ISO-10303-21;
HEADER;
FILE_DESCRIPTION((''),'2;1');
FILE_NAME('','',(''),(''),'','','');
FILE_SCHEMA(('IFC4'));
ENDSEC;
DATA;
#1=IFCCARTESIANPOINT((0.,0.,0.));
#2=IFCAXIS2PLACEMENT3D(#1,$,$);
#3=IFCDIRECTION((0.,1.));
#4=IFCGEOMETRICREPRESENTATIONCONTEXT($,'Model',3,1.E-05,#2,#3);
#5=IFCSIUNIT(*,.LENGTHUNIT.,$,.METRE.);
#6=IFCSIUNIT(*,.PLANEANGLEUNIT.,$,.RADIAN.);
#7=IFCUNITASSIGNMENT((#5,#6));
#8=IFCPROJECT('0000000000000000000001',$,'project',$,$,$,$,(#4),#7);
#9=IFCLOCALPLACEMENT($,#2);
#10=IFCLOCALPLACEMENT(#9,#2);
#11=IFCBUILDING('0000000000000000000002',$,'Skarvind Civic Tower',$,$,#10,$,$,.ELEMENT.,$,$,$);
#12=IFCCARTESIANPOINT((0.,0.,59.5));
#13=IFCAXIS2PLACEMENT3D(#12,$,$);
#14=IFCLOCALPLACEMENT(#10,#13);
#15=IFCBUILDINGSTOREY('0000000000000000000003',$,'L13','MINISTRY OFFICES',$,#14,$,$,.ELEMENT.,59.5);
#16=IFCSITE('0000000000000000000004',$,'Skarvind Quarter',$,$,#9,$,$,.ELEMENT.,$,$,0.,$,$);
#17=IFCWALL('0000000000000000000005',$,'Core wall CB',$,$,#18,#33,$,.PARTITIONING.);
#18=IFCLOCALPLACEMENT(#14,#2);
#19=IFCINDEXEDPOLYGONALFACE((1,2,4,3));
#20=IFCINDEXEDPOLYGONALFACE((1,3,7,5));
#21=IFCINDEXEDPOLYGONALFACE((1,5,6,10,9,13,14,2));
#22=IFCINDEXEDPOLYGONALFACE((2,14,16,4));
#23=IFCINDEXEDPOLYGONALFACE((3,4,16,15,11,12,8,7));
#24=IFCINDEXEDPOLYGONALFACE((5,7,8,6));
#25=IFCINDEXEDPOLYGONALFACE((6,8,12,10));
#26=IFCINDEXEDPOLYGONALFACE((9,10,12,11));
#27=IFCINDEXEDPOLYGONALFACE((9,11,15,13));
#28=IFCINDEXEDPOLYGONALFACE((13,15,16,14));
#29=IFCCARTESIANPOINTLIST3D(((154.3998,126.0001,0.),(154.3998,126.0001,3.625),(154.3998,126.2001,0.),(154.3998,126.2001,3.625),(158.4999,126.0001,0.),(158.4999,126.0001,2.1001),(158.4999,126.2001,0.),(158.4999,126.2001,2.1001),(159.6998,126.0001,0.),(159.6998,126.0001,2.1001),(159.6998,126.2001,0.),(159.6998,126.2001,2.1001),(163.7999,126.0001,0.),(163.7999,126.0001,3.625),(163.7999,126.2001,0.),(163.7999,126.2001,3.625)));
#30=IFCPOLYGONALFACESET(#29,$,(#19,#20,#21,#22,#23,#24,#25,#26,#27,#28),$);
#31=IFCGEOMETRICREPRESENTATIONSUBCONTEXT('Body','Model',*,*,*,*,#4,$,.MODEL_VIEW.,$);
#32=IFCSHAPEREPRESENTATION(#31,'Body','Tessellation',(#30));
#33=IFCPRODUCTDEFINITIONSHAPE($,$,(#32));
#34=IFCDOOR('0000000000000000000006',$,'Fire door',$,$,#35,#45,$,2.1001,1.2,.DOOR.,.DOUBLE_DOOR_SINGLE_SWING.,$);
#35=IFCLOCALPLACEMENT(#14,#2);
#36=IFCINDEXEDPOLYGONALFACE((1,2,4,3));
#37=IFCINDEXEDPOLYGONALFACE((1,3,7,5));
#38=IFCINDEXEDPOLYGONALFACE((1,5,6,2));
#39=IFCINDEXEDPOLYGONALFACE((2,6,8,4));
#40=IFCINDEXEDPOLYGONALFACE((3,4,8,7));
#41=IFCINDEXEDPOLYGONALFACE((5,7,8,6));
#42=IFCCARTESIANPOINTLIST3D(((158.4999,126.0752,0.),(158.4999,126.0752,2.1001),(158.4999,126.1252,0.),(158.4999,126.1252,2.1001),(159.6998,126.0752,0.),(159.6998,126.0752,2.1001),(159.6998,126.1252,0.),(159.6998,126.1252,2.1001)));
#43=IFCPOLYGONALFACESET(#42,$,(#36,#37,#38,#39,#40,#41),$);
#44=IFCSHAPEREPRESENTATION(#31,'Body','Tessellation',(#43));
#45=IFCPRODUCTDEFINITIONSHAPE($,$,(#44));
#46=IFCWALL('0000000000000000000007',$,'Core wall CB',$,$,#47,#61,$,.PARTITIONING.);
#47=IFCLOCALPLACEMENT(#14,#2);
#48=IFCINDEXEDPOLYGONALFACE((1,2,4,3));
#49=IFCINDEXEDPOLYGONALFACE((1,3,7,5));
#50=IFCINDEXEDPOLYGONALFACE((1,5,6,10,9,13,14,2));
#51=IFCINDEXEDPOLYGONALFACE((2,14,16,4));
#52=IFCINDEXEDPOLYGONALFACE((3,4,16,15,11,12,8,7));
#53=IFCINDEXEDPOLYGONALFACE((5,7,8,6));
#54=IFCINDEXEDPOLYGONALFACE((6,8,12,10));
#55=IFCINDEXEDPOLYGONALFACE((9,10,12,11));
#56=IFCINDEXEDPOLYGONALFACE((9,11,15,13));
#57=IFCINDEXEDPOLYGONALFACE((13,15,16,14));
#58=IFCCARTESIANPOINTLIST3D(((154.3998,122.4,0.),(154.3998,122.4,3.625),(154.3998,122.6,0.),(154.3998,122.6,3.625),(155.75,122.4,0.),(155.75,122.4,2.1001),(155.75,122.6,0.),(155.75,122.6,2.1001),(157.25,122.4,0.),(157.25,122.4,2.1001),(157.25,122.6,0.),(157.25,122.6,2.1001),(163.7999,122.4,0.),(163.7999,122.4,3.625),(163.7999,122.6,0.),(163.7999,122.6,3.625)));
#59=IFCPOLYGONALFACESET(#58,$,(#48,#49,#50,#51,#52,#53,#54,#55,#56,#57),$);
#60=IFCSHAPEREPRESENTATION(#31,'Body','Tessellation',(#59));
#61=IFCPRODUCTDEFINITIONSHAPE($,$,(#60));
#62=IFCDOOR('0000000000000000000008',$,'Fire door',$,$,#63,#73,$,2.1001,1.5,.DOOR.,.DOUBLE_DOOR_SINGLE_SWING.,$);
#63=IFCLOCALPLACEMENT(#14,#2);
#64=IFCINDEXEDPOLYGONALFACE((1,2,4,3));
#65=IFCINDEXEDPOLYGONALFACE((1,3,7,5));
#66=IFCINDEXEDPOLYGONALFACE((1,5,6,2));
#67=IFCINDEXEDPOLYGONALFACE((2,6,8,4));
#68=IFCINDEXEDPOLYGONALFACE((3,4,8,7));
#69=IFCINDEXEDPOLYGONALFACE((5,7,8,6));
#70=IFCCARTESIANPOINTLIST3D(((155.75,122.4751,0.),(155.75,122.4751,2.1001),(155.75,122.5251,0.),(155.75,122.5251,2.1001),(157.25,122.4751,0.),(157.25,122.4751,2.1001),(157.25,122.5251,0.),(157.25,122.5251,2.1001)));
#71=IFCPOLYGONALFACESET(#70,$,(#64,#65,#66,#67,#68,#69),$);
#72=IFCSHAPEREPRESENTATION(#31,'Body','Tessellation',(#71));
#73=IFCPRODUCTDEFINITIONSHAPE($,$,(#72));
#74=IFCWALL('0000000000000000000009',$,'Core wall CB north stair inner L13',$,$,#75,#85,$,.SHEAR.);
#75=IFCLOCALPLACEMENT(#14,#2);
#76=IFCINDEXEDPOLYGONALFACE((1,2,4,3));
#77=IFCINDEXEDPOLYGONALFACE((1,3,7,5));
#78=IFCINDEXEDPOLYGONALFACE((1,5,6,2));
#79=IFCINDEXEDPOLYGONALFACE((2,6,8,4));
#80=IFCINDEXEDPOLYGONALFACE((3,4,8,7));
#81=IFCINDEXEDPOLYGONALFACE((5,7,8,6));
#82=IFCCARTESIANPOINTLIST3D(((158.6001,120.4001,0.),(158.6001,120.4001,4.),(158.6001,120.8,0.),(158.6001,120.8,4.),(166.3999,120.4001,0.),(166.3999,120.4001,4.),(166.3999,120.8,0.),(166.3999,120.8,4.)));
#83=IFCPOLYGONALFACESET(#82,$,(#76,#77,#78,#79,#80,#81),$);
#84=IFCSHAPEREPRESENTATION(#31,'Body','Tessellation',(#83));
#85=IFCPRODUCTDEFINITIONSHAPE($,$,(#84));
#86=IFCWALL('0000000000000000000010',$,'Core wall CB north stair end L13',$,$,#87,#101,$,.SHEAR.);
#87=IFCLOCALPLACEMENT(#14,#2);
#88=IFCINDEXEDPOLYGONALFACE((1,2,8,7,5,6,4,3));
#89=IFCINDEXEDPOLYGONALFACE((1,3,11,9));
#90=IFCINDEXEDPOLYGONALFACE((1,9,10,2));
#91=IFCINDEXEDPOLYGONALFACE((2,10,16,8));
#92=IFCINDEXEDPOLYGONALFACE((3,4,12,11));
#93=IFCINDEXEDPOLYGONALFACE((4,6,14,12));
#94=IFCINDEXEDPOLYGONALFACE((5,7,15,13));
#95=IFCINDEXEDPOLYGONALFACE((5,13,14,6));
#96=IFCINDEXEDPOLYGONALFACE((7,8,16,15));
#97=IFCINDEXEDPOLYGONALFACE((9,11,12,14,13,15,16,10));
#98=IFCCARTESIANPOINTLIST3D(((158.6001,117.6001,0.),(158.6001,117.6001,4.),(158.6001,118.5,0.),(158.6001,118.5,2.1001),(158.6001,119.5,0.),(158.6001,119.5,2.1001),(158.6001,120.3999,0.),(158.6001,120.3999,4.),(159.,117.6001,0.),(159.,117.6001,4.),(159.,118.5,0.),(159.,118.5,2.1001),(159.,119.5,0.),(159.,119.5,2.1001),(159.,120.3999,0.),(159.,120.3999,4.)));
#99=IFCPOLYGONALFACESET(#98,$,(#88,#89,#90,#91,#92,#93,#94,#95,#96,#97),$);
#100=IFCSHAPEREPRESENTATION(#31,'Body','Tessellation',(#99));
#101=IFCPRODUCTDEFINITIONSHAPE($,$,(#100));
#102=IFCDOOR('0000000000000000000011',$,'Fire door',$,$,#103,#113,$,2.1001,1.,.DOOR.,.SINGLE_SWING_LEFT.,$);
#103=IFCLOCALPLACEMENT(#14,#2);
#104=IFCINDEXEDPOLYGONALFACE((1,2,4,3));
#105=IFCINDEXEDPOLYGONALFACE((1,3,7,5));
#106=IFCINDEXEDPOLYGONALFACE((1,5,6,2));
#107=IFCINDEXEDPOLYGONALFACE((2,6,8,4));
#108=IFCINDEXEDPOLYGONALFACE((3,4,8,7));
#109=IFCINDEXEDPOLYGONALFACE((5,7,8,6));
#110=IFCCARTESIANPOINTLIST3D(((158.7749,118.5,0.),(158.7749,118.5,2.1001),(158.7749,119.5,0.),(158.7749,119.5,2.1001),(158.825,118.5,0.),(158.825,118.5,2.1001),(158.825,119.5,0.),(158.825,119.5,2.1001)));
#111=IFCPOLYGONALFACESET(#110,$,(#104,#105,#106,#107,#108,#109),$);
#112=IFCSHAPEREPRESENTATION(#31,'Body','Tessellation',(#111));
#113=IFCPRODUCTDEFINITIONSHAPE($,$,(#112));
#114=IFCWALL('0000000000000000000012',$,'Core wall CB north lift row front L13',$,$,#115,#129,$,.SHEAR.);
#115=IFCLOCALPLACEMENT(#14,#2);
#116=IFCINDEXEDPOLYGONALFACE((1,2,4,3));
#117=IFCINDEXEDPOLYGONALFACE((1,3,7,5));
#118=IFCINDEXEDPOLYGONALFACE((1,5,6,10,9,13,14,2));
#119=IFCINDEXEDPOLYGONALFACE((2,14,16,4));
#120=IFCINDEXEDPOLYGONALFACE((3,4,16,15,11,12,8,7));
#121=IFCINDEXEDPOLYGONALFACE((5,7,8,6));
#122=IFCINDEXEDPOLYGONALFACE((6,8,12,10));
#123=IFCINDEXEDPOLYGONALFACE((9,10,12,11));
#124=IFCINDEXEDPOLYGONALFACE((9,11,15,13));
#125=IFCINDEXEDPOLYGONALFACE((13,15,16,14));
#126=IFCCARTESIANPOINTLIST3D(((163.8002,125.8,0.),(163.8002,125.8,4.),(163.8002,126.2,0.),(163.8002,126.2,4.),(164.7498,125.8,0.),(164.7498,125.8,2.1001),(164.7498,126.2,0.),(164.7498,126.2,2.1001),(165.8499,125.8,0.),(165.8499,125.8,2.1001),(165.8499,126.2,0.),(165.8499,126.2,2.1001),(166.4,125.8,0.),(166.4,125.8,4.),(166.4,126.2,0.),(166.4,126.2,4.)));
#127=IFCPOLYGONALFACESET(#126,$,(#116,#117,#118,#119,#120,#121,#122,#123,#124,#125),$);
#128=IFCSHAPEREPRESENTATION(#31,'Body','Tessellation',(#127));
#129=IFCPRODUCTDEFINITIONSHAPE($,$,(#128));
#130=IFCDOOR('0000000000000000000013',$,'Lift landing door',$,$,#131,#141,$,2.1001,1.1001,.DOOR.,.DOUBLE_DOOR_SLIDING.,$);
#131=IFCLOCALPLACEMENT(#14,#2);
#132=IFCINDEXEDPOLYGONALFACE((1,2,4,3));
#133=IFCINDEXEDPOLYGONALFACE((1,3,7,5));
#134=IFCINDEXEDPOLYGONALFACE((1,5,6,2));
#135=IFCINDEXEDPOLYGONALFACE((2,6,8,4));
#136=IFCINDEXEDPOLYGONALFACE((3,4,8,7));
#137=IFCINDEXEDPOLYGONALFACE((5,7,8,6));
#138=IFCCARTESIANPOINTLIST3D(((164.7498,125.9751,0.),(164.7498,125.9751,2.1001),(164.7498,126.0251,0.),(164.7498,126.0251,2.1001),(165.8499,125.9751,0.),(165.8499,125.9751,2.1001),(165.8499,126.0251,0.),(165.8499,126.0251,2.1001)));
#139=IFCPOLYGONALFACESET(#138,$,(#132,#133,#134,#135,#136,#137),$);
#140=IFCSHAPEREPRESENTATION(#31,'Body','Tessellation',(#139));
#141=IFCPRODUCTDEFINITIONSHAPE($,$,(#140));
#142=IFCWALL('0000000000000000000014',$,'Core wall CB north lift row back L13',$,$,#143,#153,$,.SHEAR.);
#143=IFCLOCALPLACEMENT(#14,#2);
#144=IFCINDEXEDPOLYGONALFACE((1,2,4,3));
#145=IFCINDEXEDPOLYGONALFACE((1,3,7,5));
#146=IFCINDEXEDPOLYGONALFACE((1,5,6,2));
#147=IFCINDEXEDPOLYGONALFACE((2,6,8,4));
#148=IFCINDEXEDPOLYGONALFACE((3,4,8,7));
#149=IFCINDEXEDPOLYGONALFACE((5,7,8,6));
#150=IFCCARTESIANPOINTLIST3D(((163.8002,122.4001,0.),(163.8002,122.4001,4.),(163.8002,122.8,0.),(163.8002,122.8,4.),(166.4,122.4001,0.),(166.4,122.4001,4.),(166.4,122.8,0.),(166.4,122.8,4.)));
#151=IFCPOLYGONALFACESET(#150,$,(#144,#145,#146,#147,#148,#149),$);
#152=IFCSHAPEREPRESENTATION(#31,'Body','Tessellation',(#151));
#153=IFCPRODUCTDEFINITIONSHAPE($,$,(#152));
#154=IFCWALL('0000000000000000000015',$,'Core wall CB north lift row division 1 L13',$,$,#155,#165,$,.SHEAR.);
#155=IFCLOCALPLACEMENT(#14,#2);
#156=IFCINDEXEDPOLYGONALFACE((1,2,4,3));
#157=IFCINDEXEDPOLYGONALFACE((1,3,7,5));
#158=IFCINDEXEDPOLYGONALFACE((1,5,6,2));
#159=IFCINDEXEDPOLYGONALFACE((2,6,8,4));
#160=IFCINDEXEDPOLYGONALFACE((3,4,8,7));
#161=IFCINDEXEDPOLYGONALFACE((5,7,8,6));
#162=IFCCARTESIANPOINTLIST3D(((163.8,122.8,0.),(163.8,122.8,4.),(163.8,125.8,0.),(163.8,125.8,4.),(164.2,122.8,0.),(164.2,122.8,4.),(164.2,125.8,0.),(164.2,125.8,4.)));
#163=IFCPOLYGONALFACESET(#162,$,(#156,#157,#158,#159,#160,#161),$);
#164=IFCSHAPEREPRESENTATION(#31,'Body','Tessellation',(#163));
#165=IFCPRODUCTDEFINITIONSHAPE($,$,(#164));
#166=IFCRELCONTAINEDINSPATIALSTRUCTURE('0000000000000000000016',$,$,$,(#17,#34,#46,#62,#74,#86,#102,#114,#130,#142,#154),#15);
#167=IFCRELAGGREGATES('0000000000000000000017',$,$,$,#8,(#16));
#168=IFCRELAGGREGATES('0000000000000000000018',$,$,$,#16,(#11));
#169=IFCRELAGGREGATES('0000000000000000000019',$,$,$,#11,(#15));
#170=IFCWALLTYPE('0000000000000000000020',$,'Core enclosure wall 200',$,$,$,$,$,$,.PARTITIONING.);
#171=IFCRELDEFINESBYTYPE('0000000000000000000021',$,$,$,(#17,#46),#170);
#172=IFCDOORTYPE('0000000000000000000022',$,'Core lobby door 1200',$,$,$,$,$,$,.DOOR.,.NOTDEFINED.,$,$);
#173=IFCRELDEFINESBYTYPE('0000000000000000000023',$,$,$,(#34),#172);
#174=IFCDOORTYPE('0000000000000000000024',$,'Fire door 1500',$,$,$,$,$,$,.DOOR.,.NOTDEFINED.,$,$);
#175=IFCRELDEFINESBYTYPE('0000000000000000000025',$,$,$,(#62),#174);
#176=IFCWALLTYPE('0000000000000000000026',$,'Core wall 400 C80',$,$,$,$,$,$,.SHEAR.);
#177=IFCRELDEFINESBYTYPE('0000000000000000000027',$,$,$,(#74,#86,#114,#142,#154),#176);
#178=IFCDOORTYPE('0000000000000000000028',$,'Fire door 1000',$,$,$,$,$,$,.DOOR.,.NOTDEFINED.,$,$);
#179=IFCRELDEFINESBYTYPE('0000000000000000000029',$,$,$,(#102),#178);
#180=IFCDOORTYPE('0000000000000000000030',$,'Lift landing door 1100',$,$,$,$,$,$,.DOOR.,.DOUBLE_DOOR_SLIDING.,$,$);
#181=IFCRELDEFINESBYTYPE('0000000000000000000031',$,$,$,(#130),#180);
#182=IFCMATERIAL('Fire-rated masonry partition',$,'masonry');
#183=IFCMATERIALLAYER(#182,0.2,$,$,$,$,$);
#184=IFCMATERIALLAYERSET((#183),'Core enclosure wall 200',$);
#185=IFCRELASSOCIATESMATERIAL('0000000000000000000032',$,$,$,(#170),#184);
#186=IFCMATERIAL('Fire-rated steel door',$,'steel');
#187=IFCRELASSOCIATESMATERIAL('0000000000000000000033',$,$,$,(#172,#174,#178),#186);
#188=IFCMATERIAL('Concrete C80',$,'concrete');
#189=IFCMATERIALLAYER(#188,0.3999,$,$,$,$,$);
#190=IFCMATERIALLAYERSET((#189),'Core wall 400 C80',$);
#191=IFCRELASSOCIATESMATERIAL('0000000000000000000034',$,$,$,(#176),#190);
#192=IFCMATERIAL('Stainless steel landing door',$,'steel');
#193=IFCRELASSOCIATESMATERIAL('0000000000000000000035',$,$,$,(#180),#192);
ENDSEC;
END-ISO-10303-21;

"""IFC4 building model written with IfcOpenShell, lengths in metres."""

from ifc_helpers import new_model, si_unit, direction, frame, frame_2d, origin, place, context, subcontext, project, spatial, rectangle, extrude, material, layer, layer_set, type_object, element, fill, save


model = new_model("IFC4")

# Units and contexts
model_context = context("Model", 3, precision=1e-05, world=origin(), true_north=direction((0.0, 1.0)))
body_context = subcontext(model_context, "Body", "Model", "MODEL_VIEW")
ifc_project = project(units=[si_unit("LENGTHUNIT", "METRE"), si_unit("PLANEANGLEUNIT", "RADIAN")], contexts=[model_context])

# Site, building, storey
site_placement = place(None, origin())
site = spatial("IfcSite", under=ifc_project, at=site_placement, Name="Skarvind Quarter", CompositionType="ELEMENT", RefElevation=0.0)
building_placement = place(site_placement, origin())
building = spatial("IfcBuilding", under=site, at=building_placement, Name="Skarvind Civic Tower", CompositionType="ELEMENT")
storey_placement = place(building_placement, frame((0.0, 0.0, 59.5)))
storey = spatial("IfcBuildingStorey", under=building, at=storey_placement, Name="L13", Description="MINISTRY OFFICES", CompositionType="ELEMENT", Elevation=59.5)

# Walls, openings, doors
ifc_material_1 = material(Name="Fire-rated masonry partition", Category="masonry")
ifc_layer_1 = layer(ifc_material_1, 0.2)
ifc_layer_set_1 = layer_set([ifc_layer_1], Name="Core enclosure wall 200")
wall_type_1 = type_object("IfcWallType", Name="Core enclosure wall 200", PredefinedType="PARTITIONING", material=ifc_layer_set_1)
wall_1_placement = place(storey_placement, frame((163.8, 126.1001, 0.0), z_axis=(0.0, 0.0, 1.0), x_axis=(-1.0, 0.0, 0.0)))
wall_1 = element("IfcWall", 1, at=wall_1_placement, inside=storey, type_object=wall_type_1, Name="Core wall CB", PredefinedType="PARTITIONING", context=body_context, shape_type="SweptSolid", body=[
    extrude(rectangle(XDim=9.4001, YDim=0.2, at=frame_2d((4.7002, 0.0))), origin(), (0.0, 0.0, 1.0), 3.625),
])
opening_1_placement = place(wall_1_placement, frame((4.1001, 0.0, 0.0)))
opening_1 = element("IfcOpeningElement", 2, at=opening_1_placement, cuts=wall_1, PredefinedType="OPENING", context=body_context, shape_type="SweptSolid", body=[
    extrude(rectangle(XDim=1.2, YDim=2.1001, at=frame_2d((0.6001, 1.05))), frame((0.0, 0.1099, 0.0), z_axis=(0.0, -1.0, 0.0), x_axis=(1.0, 0.0, 0.0)), (0.0, 0.0, 1.0), 0.22),
])
ifc_material_2 = material(Name="Fire-rated steel door", Category="steel")
door_type_1 = type_object("IfcDoorType", Name="Core lobby door 1200", OperationType="NOTDEFINED", PredefinedType="DOOR", material=ifc_material_2)
door_1_placement = place(opening_1_placement, origin())
door_1 = element("IfcDoor", 3, at=door_1_placement, inside=storey, type_object=door_type_1, Name="Fire door", OperationType="DOUBLE_DOOR_SINGLE_SWING", OverallHeight=2.1001, OverallWidth=1.2, PredefinedType="DOOR", context=body_context, shape_type="SweptSolid", body=[
    extrude(rectangle(XDim=1.2, YDim=2.1001, at=frame_2d((0.6001, 1.05))), frame((0.0, 0.0249, 0.0), z_axis=(0.0, -1.0, 0.0), x_axis=(1.0, 0.0, 0.0)), (0.0, 0.0, 1.0), 0.05),
])
fill(opening_1, door_1)
wall_2_placement = place(storey_placement, frame((163.8, 122.5, 0.0), z_axis=(0.0, 0.0, 1.0), x_axis=(-1.0, 0.0, 0.0)))
wall_2 = element("IfcWall", 4, at=wall_2_placement, inside=storey, type_object=wall_type_1, Name="Core wall CB", PredefinedType="PARTITIONING", context=body_context, shape_type="SweptSolid", body=[
    extrude(rectangle(XDim=9.4001, YDim=0.2, at=frame_2d((4.7002, 0.0))), origin(), (0.0, 0.0, 1.0), 3.625),
])
opening_2_placement = place(wall_2_placement, frame((6.55, 0.0, 0.0)))
opening_2 = element("IfcOpeningElement", 5, at=opening_2_placement, cuts=wall_2, PredefinedType="OPENING", context=body_context, shape_type="SweptSolid", body=[
    extrude(rectangle(XDim=1.5, YDim=2.1001, at=frame_2d((0.75, 1.05))), frame((0.0, 0.1099, 0.0), z_axis=(0.0, -1.0, 0.0), x_axis=(1.0, 0.0, 0.0)), (0.0, 0.0, 1.0), 0.22),
])
door_type_2 = type_object("IfcDoorType", Name="Fire door 1500", OperationType="NOTDEFINED", PredefinedType="DOOR", material=ifc_material_2)
door_2_placement = place(opening_2_placement, origin())
door_2 = element("IfcDoor", 6, at=door_2_placement, inside=storey, type_object=door_type_2, Name="Fire door", OperationType="DOUBLE_DOOR_SINGLE_SWING", OverallHeight=2.1001, OverallWidth=1.5, PredefinedType="DOOR", context=body_context, shape_type="SweptSolid", body=[
    extrude(rectangle(XDim=1.5, YDim=2.1001, at=frame_2d((0.75, 1.05))), frame((0.0, 0.0249, 0.0), z_axis=(0.0, -1.0, 0.0), x_axis=(1.0, 0.0, 0.0)), (0.0, 0.0, 1.0), 0.05),
])
fill(opening_2, door_2)

# Wall
ifc_material_3 = material(Name="Concrete C80", Category="concrete")
ifc_layer_2 = layer(ifc_material_3, 0.3999)
ifc_layer_set_2 = layer_set([ifc_layer_2], Name="Core wall 400 C80")
wall_type_2 = type_object("IfcWallType", Name="Core wall 400 C80", PredefinedType="SHEAR", material=ifc_layer_set_2)
wall_3_placement = place(storey_placement, frame((166.3999, 120.6001, 0.0), z_axis=(0.0, 0.0, 1.0), x_axis=(-1.0, 0.0, 0.0)))
element("IfcWall", 7, at=wall_3_placement, inside=storey, type_object=wall_type_2, Name="Core wall CB north stair inner L13", PredefinedType="SHEAR", context=body_context, shape_type="SweptSolid", body=[
    extrude(rectangle(XDim=7.7998, YDim=0.3999, at=frame_2d((3.8999, 0.0))), origin(), (0.0, 0.0, 1.0), 4.0),
])

# Walls, openings, doors
wall_4_placement = place(storey_placement, frame((158.8, 120.3999, 0.0), z_axis=(0.0, 0.0, 1.0), x_axis=(0.0, -1.0, 0.0)))
wall_4 = element("IfcWall", 8, at=wall_4_placement, inside=storey, type_object=wall_type_2, Name="Core wall CB north stair end L13", PredefinedType="SHEAR", context=body_context, shape_type="SweptSolid", body=[
    extrude(rectangle(XDim=2.7998, YDim=0.3999, at=frame_2d((1.3999, 0.0))), origin(), (0.0, 0.0, 1.0), 4.0),
])
opening_3_placement = place(wall_4_placement, frame((0.8999, 0.0, 0.0)))
opening_3 = element("IfcOpeningElement", 9, at=opening_3_placement, cuts=wall_4, PredefinedType="OPENING", context=body_context, shape_type="SweptSolid", body=[
    extrude(rectangle(XDim=1.0, YDim=2.1001, at=frame_2d((0.5, 1.05))), frame((0.0, 0.21, 0.0), z_axis=(0.0, -1.0, 0.0), x_axis=(1.0, 0.0, 0.0)), (0.0, 0.0, 1.0), 0.4199),
])
door_type_3 = type_object("IfcDoorType", Name="Fire door 1000", OperationType="NOTDEFINED", PredefinedType="DOOR", material=ifc_material_2)
door_3_placement = place(opening_3_placement, origin())
door_3 = element("IfcDoor", 10, at=door_3_placement, inside=storey, type_object=door_type_3, Name="Fire door", OperationType="SINGLE_SWING_LEFT", OverallHeight=2.1001, OverallWidth=1.0, PredefinedType="DOOR", context=body_context, shape_type="SweptSolid", body=[
    extrude(rectangle(XDim=1.0, YDim=2.1001, at=frame_2d((0.5, 1.05))), frame((0.0, 0.0249, 0.0), z_axis=(0.0, -1.0, 0.0), x_axis=(1.0, 0.0, 0.0)), (0.0, 0.0, 1.0), 0.05),
])
fill(opening_3, door_3)
wall_5_placement = place(storey_placement, frame((166.3999, 126.0, 0.0), z_axis=(0.0, 0.0, 1.0), x_axis=(-1.0, 0.0, 0.0)))
wall_5 = element("IfcWall", 11, at=wall_5_placement, inside=storey, type_object=wall_type_2, Name="Core wall CB north lift row front L13", PredefinedType="SHEAR", context=body_context, shape_type="SweptSolid", body=[
    extrude(rectangle(XDim=2.5999, YDim=0.3999, at=frame_2d((1.2998, 0.0))), origin(), (0.0, 0.0, 1.0), 4.0),
])
opening_4_placement = place(wall_5_placement, frame((0.55, 0.0, 0.0)))
opening_4 = element("IfcOpeningElement", 12, at=opening_4_placement, cuts=wall_5, PredefinedType="OPENING", context=body_context, shape_type="SweptSolid", body=[
    extrude(rectangle(XDim=1.1001, YDim=2.1001, at=frame_2d((0.55, 1.05))), frame((0.0, 0.21, 0.0), z_axis=(0.0, -1.0, 0.0), x_axis=(1.0, 0.0, 0.0)), (0.0, 0.0, 1.0), 0.4199),
])
ifc_material_4 = material(Name="Stainless steel landing door", Category="steel")
door_type_4 = type_object("IfcDoorType", Name="Lift landing door 1100", OperationType="DOUBLE_DOOR_SLIDING", PredefinedType="DOOR", material=ifc_material_4)
door_4_placement = place(opening_4_placement, origin())
door_4 = element("IfcDoor", 13, at=door_4_placement, inside=storey, type_object=door_type_4, Name="Lift landing door", OperationType="DOUBLE_DOOR_SLIDING", OverallHeight=2.1001, OverallWidth=1.1001, PredefinedType="DOOR", context=body_context, shape_type="SweptSolid", body=[
    extrude(rectangle(XDim=1.1001, YDim=2.1001, at=frame_2d((0.55, 1.05))), frame((0.0, 0.0249, 0.0), z_axis=(0.0, -1.0, 0.0), x_axis=(1.0, 0.0, 0.0)), (0.0, 0.0, 1.0), 0.05),
])
fill(opening_4, door_4)

# Walls
wall_6_placement = place(storey_placement, frame((166.3999, 122.6001, 0.0), z_axis=(0.0, 0.0, 1.0), x_axis=(-1.0, 0.0, 0.0)))
element("IfcWall", 14, at=wall_6_placement, inside=storey, type_object=wall_type_2, Name="Core wall CB north lift row back L13", PredefinedType="SHEAR", context=body_context, shape_type="SweptSolid", body=[
    extrude(rectangle(XDim=2.5999, YDim=0.3999, at=frame_2d((1.2998, 0.0))), origin(), (0.0, 0.0, 1.0), 4.0),
])
wall_7_placement = place(storey_placement, frame((164.0, 125.8, 0.0), z_axis=(0.0, 0.0, 1.0), x_axis=(0.0, -1.0, 0.0)))
element("IfcWall", 15, at=wall_7_placement, inside=storey, type_object=wall_type_2, Name="Core wall CB north lift row division 1 L13", PredefinedType="SHEAR", context=body_context, shape_type="SweptSolid", body=[
    extrude(rectangle(XDim=3.0, YDim=0.3999, at=frame_2d((1.5, 0.0))), origin(), (0.0, 0.0, 1.0), 4.0),
])

save(model, "model.ifc")
